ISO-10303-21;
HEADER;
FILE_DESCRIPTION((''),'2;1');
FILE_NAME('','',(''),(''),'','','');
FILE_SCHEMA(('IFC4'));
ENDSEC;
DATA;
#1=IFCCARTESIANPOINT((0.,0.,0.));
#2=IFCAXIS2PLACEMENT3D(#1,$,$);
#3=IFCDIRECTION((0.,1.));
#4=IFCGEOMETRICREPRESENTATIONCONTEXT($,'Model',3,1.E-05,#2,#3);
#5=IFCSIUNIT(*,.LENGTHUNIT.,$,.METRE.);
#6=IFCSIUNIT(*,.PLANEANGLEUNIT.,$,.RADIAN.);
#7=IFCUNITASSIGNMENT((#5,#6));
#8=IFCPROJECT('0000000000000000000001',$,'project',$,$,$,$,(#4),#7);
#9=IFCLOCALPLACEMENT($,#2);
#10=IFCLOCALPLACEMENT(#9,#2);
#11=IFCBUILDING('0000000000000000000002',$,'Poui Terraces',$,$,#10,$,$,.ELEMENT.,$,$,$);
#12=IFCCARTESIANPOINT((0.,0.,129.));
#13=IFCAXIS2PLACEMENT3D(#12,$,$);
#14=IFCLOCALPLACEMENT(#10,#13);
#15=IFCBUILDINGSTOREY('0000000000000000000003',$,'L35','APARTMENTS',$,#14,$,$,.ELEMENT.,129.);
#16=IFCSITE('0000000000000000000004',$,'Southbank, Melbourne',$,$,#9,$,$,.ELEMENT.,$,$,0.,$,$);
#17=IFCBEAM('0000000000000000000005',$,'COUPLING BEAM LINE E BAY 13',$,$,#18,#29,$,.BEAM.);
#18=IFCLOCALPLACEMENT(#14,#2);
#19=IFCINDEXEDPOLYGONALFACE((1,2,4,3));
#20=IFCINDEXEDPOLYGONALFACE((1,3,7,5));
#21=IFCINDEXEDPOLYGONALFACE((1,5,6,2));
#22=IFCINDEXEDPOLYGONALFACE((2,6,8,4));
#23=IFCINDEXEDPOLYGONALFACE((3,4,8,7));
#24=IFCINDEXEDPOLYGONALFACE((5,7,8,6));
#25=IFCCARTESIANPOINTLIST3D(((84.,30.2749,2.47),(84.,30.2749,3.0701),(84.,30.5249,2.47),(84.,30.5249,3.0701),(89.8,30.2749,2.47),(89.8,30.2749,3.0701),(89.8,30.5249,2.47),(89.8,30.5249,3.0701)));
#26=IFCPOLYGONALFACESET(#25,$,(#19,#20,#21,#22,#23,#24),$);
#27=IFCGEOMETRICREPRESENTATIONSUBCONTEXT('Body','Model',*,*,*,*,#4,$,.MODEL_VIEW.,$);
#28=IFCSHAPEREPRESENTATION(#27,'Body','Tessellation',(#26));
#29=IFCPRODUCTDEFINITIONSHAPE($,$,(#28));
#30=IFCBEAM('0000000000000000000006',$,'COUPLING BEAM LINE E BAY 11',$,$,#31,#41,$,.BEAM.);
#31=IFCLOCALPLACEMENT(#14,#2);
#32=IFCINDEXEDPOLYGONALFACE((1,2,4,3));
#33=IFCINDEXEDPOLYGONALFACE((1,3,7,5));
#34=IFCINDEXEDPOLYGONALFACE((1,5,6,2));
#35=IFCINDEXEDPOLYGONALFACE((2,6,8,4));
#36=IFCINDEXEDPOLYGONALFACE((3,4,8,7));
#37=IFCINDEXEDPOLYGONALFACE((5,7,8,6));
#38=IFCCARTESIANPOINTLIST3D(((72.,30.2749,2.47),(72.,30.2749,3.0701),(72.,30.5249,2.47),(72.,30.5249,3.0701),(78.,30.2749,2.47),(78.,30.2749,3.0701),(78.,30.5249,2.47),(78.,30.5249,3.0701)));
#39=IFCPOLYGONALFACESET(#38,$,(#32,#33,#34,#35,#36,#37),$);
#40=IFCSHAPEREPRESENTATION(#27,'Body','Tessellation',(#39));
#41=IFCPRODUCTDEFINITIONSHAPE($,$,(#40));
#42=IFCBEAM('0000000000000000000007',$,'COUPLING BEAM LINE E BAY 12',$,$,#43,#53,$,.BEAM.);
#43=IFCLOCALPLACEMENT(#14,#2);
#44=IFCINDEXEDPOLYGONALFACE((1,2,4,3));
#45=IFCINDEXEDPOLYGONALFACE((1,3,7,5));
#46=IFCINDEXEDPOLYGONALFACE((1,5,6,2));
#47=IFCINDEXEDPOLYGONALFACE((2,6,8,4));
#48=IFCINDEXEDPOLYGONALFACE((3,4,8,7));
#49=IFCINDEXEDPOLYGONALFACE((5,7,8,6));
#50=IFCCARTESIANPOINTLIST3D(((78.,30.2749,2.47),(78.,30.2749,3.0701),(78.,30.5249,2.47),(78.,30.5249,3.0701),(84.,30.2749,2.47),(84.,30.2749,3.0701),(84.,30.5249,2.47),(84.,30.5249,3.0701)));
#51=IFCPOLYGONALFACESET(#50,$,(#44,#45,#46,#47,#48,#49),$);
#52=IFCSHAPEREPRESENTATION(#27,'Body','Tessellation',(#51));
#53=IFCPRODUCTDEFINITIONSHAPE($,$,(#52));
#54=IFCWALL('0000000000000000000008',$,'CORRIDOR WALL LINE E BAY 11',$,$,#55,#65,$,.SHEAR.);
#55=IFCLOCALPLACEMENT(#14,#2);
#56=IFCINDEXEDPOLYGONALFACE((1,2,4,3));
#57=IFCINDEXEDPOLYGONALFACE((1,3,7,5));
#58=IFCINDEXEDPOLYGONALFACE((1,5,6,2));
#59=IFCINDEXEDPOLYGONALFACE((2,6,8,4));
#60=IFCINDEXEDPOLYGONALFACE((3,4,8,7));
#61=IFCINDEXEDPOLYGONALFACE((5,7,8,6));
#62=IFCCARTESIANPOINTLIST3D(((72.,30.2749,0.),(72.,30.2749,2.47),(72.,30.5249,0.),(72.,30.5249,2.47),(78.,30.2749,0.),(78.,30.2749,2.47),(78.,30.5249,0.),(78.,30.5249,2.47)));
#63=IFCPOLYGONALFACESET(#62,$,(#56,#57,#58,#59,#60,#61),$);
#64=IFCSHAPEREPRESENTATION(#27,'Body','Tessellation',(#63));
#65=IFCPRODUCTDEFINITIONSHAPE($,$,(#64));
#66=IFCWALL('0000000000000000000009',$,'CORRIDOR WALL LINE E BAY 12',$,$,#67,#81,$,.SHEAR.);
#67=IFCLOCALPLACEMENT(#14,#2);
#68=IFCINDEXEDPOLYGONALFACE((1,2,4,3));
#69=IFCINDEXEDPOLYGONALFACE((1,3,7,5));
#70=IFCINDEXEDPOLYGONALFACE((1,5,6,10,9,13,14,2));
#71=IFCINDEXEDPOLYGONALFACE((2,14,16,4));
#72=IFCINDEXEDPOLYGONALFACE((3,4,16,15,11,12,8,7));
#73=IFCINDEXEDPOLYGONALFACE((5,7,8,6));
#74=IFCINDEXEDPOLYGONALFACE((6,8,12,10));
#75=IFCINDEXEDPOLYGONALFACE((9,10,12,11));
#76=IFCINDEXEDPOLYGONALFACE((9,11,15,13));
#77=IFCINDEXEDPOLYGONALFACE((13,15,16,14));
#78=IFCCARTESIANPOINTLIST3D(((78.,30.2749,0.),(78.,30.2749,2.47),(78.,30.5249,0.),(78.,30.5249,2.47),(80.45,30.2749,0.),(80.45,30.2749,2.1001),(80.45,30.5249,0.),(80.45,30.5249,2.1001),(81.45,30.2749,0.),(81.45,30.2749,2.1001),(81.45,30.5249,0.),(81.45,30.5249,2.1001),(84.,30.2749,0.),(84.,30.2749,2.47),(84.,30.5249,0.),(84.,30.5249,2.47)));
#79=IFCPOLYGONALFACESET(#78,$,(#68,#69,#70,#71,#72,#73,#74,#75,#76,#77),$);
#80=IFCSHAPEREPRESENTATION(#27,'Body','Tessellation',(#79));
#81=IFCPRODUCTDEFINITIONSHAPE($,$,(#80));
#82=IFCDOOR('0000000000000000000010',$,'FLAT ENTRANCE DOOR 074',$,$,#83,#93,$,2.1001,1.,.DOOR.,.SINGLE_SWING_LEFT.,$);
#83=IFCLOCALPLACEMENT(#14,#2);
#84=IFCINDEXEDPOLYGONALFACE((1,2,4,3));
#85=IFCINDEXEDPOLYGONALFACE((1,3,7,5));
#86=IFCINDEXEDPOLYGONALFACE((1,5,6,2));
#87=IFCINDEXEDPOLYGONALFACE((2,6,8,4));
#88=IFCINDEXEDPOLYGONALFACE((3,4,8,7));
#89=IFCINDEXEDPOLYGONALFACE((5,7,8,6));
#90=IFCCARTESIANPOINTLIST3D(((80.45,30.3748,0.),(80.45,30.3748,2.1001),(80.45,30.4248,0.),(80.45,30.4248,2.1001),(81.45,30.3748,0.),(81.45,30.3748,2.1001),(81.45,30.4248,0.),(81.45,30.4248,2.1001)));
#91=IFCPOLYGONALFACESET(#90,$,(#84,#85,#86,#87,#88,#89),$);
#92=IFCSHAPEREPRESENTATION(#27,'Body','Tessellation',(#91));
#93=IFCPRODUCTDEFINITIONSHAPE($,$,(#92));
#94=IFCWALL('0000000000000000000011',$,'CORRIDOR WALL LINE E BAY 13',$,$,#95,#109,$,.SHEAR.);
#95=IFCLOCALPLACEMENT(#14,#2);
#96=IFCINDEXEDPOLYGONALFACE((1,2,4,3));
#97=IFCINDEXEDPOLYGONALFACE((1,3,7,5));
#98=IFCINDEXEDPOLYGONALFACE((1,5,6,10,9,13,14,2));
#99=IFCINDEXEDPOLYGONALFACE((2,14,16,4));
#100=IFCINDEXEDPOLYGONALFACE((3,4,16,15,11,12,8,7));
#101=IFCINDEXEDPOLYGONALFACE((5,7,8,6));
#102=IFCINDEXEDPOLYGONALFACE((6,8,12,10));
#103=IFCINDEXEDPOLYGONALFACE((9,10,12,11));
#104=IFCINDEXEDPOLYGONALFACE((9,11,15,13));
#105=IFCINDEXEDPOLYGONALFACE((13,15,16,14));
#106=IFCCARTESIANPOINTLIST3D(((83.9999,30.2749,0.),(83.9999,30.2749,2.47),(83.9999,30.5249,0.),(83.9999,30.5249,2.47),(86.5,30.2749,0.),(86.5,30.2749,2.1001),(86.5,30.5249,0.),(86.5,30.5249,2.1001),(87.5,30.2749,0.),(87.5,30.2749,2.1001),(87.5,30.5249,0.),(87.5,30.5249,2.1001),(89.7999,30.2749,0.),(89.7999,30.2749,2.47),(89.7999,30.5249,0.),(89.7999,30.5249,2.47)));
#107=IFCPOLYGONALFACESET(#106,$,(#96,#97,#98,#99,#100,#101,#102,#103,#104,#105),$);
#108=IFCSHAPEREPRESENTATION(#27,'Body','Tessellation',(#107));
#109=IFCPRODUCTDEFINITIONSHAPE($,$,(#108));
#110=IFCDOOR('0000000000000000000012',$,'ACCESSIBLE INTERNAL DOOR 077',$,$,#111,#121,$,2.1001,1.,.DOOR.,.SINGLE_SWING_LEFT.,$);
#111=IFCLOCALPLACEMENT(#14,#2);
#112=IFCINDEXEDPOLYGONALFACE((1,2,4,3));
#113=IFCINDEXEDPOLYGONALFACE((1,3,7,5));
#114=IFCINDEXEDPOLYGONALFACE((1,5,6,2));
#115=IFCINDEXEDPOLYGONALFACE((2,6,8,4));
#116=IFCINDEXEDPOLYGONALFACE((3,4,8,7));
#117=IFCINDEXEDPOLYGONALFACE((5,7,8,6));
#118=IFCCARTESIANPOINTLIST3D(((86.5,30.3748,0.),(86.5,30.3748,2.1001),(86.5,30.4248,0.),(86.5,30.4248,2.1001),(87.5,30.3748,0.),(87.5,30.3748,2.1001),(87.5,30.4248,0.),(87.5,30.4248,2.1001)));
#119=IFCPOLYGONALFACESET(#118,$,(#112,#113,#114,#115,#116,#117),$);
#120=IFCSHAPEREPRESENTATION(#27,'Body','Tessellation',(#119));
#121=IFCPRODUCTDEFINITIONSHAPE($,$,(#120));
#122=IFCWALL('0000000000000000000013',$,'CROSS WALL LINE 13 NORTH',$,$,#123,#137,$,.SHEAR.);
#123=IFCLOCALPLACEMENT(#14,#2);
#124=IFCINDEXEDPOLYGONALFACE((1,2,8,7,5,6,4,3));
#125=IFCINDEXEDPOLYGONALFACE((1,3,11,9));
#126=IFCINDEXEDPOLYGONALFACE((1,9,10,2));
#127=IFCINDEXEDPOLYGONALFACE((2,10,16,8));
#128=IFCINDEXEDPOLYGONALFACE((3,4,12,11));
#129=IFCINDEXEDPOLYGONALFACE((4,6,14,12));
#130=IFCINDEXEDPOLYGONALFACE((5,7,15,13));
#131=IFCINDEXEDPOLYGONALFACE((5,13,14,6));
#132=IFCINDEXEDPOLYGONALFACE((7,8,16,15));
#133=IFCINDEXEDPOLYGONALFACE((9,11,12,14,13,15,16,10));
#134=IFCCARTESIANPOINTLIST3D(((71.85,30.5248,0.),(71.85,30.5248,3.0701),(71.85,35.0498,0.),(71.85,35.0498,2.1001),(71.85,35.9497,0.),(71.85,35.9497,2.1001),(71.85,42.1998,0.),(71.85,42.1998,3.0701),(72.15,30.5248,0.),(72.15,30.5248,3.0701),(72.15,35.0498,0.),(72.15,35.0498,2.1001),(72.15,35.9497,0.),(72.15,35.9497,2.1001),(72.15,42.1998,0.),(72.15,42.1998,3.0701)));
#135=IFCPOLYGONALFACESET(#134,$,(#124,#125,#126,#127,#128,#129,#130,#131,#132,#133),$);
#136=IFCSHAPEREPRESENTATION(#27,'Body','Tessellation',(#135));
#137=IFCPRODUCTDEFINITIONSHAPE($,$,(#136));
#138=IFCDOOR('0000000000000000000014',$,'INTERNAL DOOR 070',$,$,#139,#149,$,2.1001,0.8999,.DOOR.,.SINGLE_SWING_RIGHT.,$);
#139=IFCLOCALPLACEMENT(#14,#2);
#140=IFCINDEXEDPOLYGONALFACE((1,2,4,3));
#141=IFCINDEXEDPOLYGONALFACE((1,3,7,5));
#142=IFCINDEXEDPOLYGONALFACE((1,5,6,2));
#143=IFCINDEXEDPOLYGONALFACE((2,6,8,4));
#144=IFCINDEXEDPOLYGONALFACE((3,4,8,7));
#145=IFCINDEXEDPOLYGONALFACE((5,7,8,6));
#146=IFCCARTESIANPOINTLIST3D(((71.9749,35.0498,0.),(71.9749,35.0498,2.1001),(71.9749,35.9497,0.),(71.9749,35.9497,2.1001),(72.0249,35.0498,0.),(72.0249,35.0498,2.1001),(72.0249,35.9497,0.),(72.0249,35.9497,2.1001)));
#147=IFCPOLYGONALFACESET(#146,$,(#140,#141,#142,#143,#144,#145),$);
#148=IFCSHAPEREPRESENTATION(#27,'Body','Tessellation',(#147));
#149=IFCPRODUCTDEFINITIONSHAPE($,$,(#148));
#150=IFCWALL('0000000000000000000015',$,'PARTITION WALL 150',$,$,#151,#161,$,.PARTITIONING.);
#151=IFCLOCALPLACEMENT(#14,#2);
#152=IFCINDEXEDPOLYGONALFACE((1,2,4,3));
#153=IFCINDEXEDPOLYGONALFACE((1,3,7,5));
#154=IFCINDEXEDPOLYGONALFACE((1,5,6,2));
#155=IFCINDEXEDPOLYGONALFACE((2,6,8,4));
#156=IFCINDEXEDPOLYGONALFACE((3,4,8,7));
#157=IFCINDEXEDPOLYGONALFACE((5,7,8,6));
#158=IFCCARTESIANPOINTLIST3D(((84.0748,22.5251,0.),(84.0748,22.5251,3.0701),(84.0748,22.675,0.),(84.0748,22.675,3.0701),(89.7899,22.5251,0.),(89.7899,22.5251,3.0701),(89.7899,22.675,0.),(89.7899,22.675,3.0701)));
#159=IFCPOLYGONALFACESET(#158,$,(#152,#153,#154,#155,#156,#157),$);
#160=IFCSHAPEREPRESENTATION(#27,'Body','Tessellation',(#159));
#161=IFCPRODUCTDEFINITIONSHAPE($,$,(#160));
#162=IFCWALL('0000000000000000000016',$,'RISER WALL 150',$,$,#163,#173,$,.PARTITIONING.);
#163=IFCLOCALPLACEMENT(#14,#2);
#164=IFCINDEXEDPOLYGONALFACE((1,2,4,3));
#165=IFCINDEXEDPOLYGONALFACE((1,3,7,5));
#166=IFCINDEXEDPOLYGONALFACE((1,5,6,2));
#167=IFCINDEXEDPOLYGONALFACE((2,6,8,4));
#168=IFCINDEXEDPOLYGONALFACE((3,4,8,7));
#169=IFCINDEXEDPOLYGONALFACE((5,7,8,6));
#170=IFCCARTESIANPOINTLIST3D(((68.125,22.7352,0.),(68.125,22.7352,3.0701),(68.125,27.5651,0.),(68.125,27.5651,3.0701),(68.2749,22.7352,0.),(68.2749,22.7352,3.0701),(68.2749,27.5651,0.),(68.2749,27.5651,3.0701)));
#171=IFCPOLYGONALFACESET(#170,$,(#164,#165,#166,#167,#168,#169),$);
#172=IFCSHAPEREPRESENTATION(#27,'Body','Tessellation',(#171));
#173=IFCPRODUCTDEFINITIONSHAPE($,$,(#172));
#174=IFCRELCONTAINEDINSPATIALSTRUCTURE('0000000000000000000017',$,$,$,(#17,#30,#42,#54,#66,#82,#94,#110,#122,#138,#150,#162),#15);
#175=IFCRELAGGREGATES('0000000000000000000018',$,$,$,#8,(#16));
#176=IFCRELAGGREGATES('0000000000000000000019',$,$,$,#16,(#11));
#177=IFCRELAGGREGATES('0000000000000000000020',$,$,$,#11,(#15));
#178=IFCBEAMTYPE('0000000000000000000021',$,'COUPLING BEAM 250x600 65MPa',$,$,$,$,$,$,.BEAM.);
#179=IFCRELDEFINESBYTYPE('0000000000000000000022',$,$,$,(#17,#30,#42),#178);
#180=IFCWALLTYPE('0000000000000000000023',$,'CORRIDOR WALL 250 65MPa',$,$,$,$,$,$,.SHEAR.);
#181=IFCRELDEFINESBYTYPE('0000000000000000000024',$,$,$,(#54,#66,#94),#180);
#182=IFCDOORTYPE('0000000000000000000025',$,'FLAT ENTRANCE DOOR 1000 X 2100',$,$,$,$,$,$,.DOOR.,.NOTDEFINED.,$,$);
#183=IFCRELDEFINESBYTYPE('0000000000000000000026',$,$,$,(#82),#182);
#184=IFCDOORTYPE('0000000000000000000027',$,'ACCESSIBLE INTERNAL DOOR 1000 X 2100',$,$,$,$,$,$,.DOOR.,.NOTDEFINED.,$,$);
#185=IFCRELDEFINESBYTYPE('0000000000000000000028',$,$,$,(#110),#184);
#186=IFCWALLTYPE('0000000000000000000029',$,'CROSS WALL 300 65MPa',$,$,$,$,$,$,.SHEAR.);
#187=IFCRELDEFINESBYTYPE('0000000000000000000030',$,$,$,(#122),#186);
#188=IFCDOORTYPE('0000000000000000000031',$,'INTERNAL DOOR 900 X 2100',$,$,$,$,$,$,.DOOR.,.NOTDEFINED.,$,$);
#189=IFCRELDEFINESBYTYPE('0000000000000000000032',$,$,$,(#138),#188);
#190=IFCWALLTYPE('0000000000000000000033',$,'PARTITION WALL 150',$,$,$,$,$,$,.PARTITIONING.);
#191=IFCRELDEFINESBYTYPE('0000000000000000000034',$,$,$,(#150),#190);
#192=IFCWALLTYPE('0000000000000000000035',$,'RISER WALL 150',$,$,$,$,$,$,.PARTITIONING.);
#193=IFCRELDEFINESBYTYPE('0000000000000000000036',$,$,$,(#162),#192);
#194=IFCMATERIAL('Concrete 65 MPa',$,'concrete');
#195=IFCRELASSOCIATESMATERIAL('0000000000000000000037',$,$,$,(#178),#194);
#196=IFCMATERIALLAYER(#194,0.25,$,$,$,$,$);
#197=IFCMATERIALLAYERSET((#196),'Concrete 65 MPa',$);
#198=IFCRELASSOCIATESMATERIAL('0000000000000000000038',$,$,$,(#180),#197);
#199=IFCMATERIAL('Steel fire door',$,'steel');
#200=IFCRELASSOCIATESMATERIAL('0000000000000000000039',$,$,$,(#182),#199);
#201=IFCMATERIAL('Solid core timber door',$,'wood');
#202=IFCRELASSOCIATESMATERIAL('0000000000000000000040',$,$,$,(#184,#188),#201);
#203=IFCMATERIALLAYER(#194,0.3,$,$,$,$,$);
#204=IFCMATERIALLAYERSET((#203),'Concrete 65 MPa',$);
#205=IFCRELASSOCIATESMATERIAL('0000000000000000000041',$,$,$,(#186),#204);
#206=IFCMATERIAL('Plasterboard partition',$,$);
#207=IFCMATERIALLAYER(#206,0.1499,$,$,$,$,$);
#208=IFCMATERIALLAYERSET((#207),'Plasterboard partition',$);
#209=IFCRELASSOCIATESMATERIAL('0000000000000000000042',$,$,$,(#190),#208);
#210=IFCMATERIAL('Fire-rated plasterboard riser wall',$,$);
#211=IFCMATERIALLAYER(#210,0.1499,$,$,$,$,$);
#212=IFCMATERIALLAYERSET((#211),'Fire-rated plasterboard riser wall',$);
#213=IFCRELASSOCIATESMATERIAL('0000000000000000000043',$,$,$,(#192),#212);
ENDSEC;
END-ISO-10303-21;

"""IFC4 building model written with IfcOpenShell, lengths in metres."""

from ifc_helpers import new_model, si_unit, direction, frame, frame_2d, origin, origin_2d, place, context, subcontext, project, spatial, rectangle, extrude, source, transform, mapped, material, layer, layer_set, material_profile, profile_set, type_object, element, fill, save


model = new_model("IFC4")

# Units and contexts
model_context = context("Model", 3, precision=1e-05, world=origin(), true_north=direction((0.0, 1.0)))
body_context = subcontext(model_context, "Body", "Model", "MODEL_VIEW")
ifc_project = project(units=[si_unit("LENGTHUNIT", "METRE"), si_unit("PLANEANGLEUNIT", "RADIAN")], contexts=[model_context])

# Site, building, storey
site_placement = place(None, origin())
site = spatial("IfcSite", under=ifc_project, at=site_placement, Name="Southbank, Melbourne", CompositionType="ELEMENT", RefElevation=0.0)
building_placement = place(site_placement, origin())
building = spatial("IfcBuilding", under=site, at=building_placement, Name="Poui Terraces", CompositionType="ELEMENT")
storey_placement = place(building_placement, frame((0.0, 0.0, 129.0)))
storey = spatial("IfcBuildingStorey", under=building, at=storey_placement, Name="L35", Description="APARTMENTS", CompositionType="ELEMENT", Elevation=129.0)

# Beams
ifc_material_1 = material(Name="Concrete 65 MPa", Category="concrete")
ifc_material_profile = material_profile(ifc_material_1, rectangle(XDim=0.25, YDim=0.6001, at=origin_2d()), Name="RC 250x600")
ifc_profile_set = profile_set([ifc_material_profile], Name="Concrete 65 MPa")
beam_type = type_object("IfcBeamType", Name="COUPLING BEAM 250x600 65MPa", PredefinedType="BEAM", material=ifc_profile_set)
shared_shape_1 = source(origin(), body_context, "Body", "SweptSolid", [
    extrude(rectangle(XDim=0.25, YDim=0.6001, at=origin_2d()), origin(), (0.0, 0.0, 1.0), 5.8),
])
beam_placement = place(storey_placement, frame((84.0, 30.3999, 2.77), z_axis=(1.0, 0.0, 0.0), x_axis=(0.0, 1.0, 0.0)))
element("IfcBeam", 1, at=beam_placement, inside=storey, type_object=beam_type, Name="COUPLING BEAM LINE E BAY 13", PredefinedType="BEAM", context=body_context, shape_type="MappedRepresentation", body=[
    mapped(shared_shape_1, transform((0.0, 0.0, 0.0))),
])
shared_shape_2 = source(origin(), body_context, "Body", "SweptSolid", [
    extrude(rectangle(XDim=0.25, YDim=0.6001, at=origin_2d()), origin(), (0.0, 0.0, 1.0), 6.0),
])
for number, where, z_axis, x_axis, name in (
    (2, (72.0, 30.3999, 2.77), (1.0, 0.0, 0.0), (0.0, 1.0, 0.0), "COUPLING BEAM LINE E BAY 11"),
    (3, (78.0, 30.3999, 2.77), (1.0, 0.0, 0.0), (0.0, 1.0, 0.0), "COUPLING BEAM LINE E BAY 12"),
):
    element("IfcBeam", number, at=place(storey_placement, frame(where, z_axis=z_axis, x_axis=x_axis)), inside=storey, type_object=beam_type, Name=name, PredefinedType="BEAM", context=body_context, shape_type="MappedRepresentation", body=[
        mapped(shared_shape_2, transform((0.0, 0.0, 0.0))),
    ])

# Wall
ifc_layer_1 = layer(ifc_material_1, 0.25)
ifc_layer_set_1 = layer_set([ifc_layer_1], Name="Concrete 65 MPa")
wall_type_1 = type_object("IfcWallType", Name="CORRIDOR WALL 250 65MPa", PredefinedType="SHEAR", material=ifc_layer_set_1)
wall_1_placement = place(storey_placement, frame((72.0, 30.3999, 0.0), z_axis=(0.0, 0.0, 1.0), x_axis=(1.0, 0.0, 0.0)))
element("IfcWall", 4, at=wall_1_placement, inside=storey, type_object=wall_type_1, Name="CORRIDOR WALL LINE E BAY 11", PredefinedType="SHEAR", context=body_context, shape_type="SweptSolid", body=[
    extrude(rectangle(XDim=6.0, YDim=0.25, at=frame_2d((3.0, 0.0))), origin(), (0.0, 0.0, 1.0), 2.47),
])

# Walls, openings, doors
wall_2_placement = place(storey_placement, frame((78.0, 30.3999, 0.0), z_axis=(0.0, 0.0, 1.0), x_axis=(1.0, 0.0, 0.0)))
wall_2 = element("IfcWall", 5, at=wall_2_placement, inside=storey, type_object=wall_type_1, Name="CORRIDOR WALL LINE E BAY 12", PredefinedType="SHEAR", context=body_context, shape_type="SweptSolid", body=[
    extrude(rectangle(XDim=6.0, YDim=0.25, at=frame_2d((3.0, 0.0))), origin(), (0.0, 0.0, 1.0), 2.47),
])
opening_1_placement = place(wall_2_placement, frame((2.45, 0.0, 0.0)))
opening_1 = element("IfcOpeningElement", 6, at=opening_1_placement, cuts=wall_2, PredefinedType="OPENING", context=body_context, shape_type="SweptSolid", body=[
    extrude(rectangle(XDim=1.0, YDim=2.1001, at=frame_2d((0.5, 1.05))), frame((0.0, 0.135, 0.0), z_axis=(0.0, -1.0, 0.0), x_axis=(1.0, 0.0, 0.0)), (0.0, 0.0, 1.0), 0.27),
])
ifc_material_2 = material(Name="Steel fire door", Category="steel")
door_type_1 = type_object("IfcDoorType", Name="FLAT ENTRANCE DOOR 1000 X 2100", OperationType="NOTDEFINED", PredefinedType="DOOR", material=ifc_material_2)
door_1_placement = place(opening_1_placement, origin())
door_1 = element("IfcDoor", 7, at=door_1_placement, inside=storey, type_object=door_type_1, Name="FLAT ENTRANCE DOOR 074", OperationType="SINGLE_SWING_LEFT", OverallHeight=2.1001, OverallWidth=1.0, PredefinedType="DOOR", context=body_context, shape_type="SweptSolid", body=[
    extrude(rectangle(XDim=1.0, YDim=2.1001, at=frame_2d((0.5, 1.05))), frame((0.0, 0.0249, 0.0), z_axis=(0.0, -1.0, 0.0), x_axis=(1.0, 0.0, 0.0)), (0.0, 0.0, 1.0), 0.05),
])
fill(opening_1, door_1)
wall_3_placement = place(storey_placement, frame((84.0, 30.3999, 0.0), z_axis=(0.0, 0.0, 1.0), x_axis=(1.0, 0.0, 0.0)))
wall_3 = element("IfcWall", 8, at=wall_3_placement, inside=storey, type_object=wall_type_1, Name="CORRIDOR WALL LINE E BAY 13", PredefinedType="SHEAR", context=body_context, shape_type="SweptSolid", body=[
    extrude(rectangle(XDim=5.8, YDim=0.25, at=frame_2d((2.8999, 0.0))), origin(), (0.0, 0.0, 1.0), 2.47),
])
opening_2_placement = place(wall_3_placement, frame((2.5, 0.0, 0.0)))
opening_2 = element("IfcOpeningElement", 9, at=opening_2_placement, cuts=wall_3, PredefinedType="OPENING", context=body_context, shape_type="SweptSolid", body=[
    extrude(rectangle(XDim=1.0, YDim=2.1001, at=frame_2d((0.5, 1.05))), frame((0.0, 0.135, 0.0), z_axis=(0.0, -1.0, 0.0), x_axis=(1.0, 0.0, 0.0)), (0.0, 0.0, 1.0), 0.27),
])
ifc_material_3 = material(Name="Solid core timber door", Category="wood")
door_type_2 = type_object("IfcDoorType", Name="ACCESSIBLE INTERNAL DOOR 1000 X 2100", OperationType="NOTDEFINED", PredefinedType="DOOR", material=ifc_material_3)
door_2_placement = place(opening_2_placement, origin())
door_2 = element("IfcDoor", 10, at=door_2_placement, inside=storey, type_object=door_type_2, Name="ACCESSIBLE INTERNAL DOOR 077", OperationType="SINGLE_SWING_LEFT", OverallHeight=2.1001, OverallWidth=1.0, PredefinedType="DOOR", context=body_context, shape_type="SweptSolid", body=[
    extrude(rectangle(XDim=1.0, YDim=2.1001, at=frame_2d((0.5, 1.05))), frame((0.0, 0.0249, 0.0), z_axis=(0.0, -1.0, 0.0), x_axis=(1.0, 0.0, 0.0)), (0.0, 0.0, 1.0), 0.05),
])
fill(opening_2, door_2)
ifc_layer_2 = layer(ifc_material_1, 0.3)
ifc_layer_set_2 = layer_set([ifc_layer_2], Name="Concrete 65 MPa")
wall_type_2 = type_object("IfcWallType", Name="CROSS WALL 300 65MPa", PredefinedType="SHEAR", material=ifc_layer_set_2)
wall_4_placement = place(storey_placement, frame((72.0, 30.5249, 0.0), z_axis=(0.0, 0.0, 1.0), x_axis=(0.0, 1.0, 0.0)))
wall_4 = element("IfcWall", 11, at=wall_4_placement, inside=storey, type_object=wall_type_2, Name="CROSS WALL LINE 13 NORTH", PredefinedType="SHEAR", context=body_context, shape_type="SweptSolid", body=[
    extrude(rectangle(XDim=11.675, YDim=0.3, at=frame_2d((5.8374, 0.0))), origin(), (0.0, 0.0, 1.0), 3.0701),
])
opening_3_placement = place(wall_4_placement, frame((4.5249, 0.0, 0.0)))
opening_3 = element("IfcOpeningElement", 12, at=opening_3_placement, cuts=wall_4, PredefinedType="OPENING", context=body_context, shape_type="SweptSolid", body=[
    extrude(rectangle(XDim=0.8999, YDim=2.1001, at=frame_2d((0.45, 1.05))), frame((0.0, 0.1602, 0.0), z_axis=(0.0, -1.0, 0.0), x_axis=(1.0, 0.0, 0.0)), (0.0, 0.0, 1.0), 0.3201),
])
door_type_3 = type_object("IfcDoorType", Name="INTERNAL DOOR 900 X 2100", OperationType="NOTDEFINED", PredefinedType="DOOR", material=ifc_material_3)
door_3_placement = place(opening_3_placement, frame((0.8999, 0.0, 0.0), z_axis=(0.0, 0.0, 1.0), x_axis=(-1.0, 0.0, 0.0)))
door_3 = element("IfcDoor", 13, at=door_3_placement, inside=storey, type_object=door_type_3, Name="INTERNAL DOOR 070", OperationType="SINGLE_SWING_RIGHT", OverallHeight=2.1001, OverallWidth=0.8999, PredefinedType="DOOR", context=body_context, shape_type="SweptSolid", body=[
    extrude(rectangle(XDim=0.8999, YDim=2.1001, at=frame_2d((0.45, 1.05))), frame((0.0, 0.0249, 0.0), z_axis=(0.0, -1.0, 0.0), x_axis=(1.0, 0.0, 0.0)), (0.0, 0.0, 1.0), 0.05),
])
fill(opening_3, door_3)

# Walls
ifc_material_4 = material(Name="Plasterboard partition")
ifc_layer_3 = layer(ifc_material_4, 0.1499)
ifc_layer_set_3 = layer_set([ifc_layer_3], Name="Plasterboard partition")
wall_type_3 = type_object("IfcWallType", Name="PARTITION WALL 150", PredefinedType="PARTITIONING", material=ifc_layer_set_3)
wall_5_placement = place(storey_placement, frame((84.075, 22.6001, 0.0), z_axis=(0.0, 0.0, 1.0), x_axis=(1.0, 0.0, 0.0)))
element("IfcWall", 14, at=wall_5_placement, inside=storey, type_object=wall_type_3, Name="PARTITION WALL 150", PredefinedType="PARTITIONING", context=body_context, shape_type="SweptSolid", body=[
    extrude(rectangle(XDim=5.7151, YDim=0.1499, at=frame_2d((2.8574, 0.0))), origin(), (0.0, 0.0, 1.0), 3.0701),
])
ifc_material_5 = material(Name="Fire-rated plasterboard riser wall")
ifc_layer_4 = layer(ifc_material_5, 0.1499)
ifc_layer_set_4 = layer_set([ifc_layer_4], Name="Fire-rated plasterboard riser wall")
wall_type_4 = type_object("IfcWallType", Name="RISER WALL 150", PredefinedType="PARTITIONING", material=ifc_layer_set_4)
for number, where, z_axis, x_axis, name in (
    (15, (68.2, 22.7351, 0.0), (0.0, 0.0, 1.0), (0.0, 1.0, 0.0), "RISER WALL 150"),
):
    element("IfcWall", number, at=place(storey_placement, frame(where, z_axis=z_axis, x_axis=x_axis)), inside=storey, type_object=wall_type_4, Name=name, PredefinedType="PARTITIONING", context=body_context, shape_type="SweptSolid", body=[
        extrude(rectangle(XDim=4.8298, YDim=0.1499, at=frame_2d((2.415, 0.0))), origin(), (0.0, 0.0, 1.0), 3.0701),
    ])

save(model, "model.ifc")
